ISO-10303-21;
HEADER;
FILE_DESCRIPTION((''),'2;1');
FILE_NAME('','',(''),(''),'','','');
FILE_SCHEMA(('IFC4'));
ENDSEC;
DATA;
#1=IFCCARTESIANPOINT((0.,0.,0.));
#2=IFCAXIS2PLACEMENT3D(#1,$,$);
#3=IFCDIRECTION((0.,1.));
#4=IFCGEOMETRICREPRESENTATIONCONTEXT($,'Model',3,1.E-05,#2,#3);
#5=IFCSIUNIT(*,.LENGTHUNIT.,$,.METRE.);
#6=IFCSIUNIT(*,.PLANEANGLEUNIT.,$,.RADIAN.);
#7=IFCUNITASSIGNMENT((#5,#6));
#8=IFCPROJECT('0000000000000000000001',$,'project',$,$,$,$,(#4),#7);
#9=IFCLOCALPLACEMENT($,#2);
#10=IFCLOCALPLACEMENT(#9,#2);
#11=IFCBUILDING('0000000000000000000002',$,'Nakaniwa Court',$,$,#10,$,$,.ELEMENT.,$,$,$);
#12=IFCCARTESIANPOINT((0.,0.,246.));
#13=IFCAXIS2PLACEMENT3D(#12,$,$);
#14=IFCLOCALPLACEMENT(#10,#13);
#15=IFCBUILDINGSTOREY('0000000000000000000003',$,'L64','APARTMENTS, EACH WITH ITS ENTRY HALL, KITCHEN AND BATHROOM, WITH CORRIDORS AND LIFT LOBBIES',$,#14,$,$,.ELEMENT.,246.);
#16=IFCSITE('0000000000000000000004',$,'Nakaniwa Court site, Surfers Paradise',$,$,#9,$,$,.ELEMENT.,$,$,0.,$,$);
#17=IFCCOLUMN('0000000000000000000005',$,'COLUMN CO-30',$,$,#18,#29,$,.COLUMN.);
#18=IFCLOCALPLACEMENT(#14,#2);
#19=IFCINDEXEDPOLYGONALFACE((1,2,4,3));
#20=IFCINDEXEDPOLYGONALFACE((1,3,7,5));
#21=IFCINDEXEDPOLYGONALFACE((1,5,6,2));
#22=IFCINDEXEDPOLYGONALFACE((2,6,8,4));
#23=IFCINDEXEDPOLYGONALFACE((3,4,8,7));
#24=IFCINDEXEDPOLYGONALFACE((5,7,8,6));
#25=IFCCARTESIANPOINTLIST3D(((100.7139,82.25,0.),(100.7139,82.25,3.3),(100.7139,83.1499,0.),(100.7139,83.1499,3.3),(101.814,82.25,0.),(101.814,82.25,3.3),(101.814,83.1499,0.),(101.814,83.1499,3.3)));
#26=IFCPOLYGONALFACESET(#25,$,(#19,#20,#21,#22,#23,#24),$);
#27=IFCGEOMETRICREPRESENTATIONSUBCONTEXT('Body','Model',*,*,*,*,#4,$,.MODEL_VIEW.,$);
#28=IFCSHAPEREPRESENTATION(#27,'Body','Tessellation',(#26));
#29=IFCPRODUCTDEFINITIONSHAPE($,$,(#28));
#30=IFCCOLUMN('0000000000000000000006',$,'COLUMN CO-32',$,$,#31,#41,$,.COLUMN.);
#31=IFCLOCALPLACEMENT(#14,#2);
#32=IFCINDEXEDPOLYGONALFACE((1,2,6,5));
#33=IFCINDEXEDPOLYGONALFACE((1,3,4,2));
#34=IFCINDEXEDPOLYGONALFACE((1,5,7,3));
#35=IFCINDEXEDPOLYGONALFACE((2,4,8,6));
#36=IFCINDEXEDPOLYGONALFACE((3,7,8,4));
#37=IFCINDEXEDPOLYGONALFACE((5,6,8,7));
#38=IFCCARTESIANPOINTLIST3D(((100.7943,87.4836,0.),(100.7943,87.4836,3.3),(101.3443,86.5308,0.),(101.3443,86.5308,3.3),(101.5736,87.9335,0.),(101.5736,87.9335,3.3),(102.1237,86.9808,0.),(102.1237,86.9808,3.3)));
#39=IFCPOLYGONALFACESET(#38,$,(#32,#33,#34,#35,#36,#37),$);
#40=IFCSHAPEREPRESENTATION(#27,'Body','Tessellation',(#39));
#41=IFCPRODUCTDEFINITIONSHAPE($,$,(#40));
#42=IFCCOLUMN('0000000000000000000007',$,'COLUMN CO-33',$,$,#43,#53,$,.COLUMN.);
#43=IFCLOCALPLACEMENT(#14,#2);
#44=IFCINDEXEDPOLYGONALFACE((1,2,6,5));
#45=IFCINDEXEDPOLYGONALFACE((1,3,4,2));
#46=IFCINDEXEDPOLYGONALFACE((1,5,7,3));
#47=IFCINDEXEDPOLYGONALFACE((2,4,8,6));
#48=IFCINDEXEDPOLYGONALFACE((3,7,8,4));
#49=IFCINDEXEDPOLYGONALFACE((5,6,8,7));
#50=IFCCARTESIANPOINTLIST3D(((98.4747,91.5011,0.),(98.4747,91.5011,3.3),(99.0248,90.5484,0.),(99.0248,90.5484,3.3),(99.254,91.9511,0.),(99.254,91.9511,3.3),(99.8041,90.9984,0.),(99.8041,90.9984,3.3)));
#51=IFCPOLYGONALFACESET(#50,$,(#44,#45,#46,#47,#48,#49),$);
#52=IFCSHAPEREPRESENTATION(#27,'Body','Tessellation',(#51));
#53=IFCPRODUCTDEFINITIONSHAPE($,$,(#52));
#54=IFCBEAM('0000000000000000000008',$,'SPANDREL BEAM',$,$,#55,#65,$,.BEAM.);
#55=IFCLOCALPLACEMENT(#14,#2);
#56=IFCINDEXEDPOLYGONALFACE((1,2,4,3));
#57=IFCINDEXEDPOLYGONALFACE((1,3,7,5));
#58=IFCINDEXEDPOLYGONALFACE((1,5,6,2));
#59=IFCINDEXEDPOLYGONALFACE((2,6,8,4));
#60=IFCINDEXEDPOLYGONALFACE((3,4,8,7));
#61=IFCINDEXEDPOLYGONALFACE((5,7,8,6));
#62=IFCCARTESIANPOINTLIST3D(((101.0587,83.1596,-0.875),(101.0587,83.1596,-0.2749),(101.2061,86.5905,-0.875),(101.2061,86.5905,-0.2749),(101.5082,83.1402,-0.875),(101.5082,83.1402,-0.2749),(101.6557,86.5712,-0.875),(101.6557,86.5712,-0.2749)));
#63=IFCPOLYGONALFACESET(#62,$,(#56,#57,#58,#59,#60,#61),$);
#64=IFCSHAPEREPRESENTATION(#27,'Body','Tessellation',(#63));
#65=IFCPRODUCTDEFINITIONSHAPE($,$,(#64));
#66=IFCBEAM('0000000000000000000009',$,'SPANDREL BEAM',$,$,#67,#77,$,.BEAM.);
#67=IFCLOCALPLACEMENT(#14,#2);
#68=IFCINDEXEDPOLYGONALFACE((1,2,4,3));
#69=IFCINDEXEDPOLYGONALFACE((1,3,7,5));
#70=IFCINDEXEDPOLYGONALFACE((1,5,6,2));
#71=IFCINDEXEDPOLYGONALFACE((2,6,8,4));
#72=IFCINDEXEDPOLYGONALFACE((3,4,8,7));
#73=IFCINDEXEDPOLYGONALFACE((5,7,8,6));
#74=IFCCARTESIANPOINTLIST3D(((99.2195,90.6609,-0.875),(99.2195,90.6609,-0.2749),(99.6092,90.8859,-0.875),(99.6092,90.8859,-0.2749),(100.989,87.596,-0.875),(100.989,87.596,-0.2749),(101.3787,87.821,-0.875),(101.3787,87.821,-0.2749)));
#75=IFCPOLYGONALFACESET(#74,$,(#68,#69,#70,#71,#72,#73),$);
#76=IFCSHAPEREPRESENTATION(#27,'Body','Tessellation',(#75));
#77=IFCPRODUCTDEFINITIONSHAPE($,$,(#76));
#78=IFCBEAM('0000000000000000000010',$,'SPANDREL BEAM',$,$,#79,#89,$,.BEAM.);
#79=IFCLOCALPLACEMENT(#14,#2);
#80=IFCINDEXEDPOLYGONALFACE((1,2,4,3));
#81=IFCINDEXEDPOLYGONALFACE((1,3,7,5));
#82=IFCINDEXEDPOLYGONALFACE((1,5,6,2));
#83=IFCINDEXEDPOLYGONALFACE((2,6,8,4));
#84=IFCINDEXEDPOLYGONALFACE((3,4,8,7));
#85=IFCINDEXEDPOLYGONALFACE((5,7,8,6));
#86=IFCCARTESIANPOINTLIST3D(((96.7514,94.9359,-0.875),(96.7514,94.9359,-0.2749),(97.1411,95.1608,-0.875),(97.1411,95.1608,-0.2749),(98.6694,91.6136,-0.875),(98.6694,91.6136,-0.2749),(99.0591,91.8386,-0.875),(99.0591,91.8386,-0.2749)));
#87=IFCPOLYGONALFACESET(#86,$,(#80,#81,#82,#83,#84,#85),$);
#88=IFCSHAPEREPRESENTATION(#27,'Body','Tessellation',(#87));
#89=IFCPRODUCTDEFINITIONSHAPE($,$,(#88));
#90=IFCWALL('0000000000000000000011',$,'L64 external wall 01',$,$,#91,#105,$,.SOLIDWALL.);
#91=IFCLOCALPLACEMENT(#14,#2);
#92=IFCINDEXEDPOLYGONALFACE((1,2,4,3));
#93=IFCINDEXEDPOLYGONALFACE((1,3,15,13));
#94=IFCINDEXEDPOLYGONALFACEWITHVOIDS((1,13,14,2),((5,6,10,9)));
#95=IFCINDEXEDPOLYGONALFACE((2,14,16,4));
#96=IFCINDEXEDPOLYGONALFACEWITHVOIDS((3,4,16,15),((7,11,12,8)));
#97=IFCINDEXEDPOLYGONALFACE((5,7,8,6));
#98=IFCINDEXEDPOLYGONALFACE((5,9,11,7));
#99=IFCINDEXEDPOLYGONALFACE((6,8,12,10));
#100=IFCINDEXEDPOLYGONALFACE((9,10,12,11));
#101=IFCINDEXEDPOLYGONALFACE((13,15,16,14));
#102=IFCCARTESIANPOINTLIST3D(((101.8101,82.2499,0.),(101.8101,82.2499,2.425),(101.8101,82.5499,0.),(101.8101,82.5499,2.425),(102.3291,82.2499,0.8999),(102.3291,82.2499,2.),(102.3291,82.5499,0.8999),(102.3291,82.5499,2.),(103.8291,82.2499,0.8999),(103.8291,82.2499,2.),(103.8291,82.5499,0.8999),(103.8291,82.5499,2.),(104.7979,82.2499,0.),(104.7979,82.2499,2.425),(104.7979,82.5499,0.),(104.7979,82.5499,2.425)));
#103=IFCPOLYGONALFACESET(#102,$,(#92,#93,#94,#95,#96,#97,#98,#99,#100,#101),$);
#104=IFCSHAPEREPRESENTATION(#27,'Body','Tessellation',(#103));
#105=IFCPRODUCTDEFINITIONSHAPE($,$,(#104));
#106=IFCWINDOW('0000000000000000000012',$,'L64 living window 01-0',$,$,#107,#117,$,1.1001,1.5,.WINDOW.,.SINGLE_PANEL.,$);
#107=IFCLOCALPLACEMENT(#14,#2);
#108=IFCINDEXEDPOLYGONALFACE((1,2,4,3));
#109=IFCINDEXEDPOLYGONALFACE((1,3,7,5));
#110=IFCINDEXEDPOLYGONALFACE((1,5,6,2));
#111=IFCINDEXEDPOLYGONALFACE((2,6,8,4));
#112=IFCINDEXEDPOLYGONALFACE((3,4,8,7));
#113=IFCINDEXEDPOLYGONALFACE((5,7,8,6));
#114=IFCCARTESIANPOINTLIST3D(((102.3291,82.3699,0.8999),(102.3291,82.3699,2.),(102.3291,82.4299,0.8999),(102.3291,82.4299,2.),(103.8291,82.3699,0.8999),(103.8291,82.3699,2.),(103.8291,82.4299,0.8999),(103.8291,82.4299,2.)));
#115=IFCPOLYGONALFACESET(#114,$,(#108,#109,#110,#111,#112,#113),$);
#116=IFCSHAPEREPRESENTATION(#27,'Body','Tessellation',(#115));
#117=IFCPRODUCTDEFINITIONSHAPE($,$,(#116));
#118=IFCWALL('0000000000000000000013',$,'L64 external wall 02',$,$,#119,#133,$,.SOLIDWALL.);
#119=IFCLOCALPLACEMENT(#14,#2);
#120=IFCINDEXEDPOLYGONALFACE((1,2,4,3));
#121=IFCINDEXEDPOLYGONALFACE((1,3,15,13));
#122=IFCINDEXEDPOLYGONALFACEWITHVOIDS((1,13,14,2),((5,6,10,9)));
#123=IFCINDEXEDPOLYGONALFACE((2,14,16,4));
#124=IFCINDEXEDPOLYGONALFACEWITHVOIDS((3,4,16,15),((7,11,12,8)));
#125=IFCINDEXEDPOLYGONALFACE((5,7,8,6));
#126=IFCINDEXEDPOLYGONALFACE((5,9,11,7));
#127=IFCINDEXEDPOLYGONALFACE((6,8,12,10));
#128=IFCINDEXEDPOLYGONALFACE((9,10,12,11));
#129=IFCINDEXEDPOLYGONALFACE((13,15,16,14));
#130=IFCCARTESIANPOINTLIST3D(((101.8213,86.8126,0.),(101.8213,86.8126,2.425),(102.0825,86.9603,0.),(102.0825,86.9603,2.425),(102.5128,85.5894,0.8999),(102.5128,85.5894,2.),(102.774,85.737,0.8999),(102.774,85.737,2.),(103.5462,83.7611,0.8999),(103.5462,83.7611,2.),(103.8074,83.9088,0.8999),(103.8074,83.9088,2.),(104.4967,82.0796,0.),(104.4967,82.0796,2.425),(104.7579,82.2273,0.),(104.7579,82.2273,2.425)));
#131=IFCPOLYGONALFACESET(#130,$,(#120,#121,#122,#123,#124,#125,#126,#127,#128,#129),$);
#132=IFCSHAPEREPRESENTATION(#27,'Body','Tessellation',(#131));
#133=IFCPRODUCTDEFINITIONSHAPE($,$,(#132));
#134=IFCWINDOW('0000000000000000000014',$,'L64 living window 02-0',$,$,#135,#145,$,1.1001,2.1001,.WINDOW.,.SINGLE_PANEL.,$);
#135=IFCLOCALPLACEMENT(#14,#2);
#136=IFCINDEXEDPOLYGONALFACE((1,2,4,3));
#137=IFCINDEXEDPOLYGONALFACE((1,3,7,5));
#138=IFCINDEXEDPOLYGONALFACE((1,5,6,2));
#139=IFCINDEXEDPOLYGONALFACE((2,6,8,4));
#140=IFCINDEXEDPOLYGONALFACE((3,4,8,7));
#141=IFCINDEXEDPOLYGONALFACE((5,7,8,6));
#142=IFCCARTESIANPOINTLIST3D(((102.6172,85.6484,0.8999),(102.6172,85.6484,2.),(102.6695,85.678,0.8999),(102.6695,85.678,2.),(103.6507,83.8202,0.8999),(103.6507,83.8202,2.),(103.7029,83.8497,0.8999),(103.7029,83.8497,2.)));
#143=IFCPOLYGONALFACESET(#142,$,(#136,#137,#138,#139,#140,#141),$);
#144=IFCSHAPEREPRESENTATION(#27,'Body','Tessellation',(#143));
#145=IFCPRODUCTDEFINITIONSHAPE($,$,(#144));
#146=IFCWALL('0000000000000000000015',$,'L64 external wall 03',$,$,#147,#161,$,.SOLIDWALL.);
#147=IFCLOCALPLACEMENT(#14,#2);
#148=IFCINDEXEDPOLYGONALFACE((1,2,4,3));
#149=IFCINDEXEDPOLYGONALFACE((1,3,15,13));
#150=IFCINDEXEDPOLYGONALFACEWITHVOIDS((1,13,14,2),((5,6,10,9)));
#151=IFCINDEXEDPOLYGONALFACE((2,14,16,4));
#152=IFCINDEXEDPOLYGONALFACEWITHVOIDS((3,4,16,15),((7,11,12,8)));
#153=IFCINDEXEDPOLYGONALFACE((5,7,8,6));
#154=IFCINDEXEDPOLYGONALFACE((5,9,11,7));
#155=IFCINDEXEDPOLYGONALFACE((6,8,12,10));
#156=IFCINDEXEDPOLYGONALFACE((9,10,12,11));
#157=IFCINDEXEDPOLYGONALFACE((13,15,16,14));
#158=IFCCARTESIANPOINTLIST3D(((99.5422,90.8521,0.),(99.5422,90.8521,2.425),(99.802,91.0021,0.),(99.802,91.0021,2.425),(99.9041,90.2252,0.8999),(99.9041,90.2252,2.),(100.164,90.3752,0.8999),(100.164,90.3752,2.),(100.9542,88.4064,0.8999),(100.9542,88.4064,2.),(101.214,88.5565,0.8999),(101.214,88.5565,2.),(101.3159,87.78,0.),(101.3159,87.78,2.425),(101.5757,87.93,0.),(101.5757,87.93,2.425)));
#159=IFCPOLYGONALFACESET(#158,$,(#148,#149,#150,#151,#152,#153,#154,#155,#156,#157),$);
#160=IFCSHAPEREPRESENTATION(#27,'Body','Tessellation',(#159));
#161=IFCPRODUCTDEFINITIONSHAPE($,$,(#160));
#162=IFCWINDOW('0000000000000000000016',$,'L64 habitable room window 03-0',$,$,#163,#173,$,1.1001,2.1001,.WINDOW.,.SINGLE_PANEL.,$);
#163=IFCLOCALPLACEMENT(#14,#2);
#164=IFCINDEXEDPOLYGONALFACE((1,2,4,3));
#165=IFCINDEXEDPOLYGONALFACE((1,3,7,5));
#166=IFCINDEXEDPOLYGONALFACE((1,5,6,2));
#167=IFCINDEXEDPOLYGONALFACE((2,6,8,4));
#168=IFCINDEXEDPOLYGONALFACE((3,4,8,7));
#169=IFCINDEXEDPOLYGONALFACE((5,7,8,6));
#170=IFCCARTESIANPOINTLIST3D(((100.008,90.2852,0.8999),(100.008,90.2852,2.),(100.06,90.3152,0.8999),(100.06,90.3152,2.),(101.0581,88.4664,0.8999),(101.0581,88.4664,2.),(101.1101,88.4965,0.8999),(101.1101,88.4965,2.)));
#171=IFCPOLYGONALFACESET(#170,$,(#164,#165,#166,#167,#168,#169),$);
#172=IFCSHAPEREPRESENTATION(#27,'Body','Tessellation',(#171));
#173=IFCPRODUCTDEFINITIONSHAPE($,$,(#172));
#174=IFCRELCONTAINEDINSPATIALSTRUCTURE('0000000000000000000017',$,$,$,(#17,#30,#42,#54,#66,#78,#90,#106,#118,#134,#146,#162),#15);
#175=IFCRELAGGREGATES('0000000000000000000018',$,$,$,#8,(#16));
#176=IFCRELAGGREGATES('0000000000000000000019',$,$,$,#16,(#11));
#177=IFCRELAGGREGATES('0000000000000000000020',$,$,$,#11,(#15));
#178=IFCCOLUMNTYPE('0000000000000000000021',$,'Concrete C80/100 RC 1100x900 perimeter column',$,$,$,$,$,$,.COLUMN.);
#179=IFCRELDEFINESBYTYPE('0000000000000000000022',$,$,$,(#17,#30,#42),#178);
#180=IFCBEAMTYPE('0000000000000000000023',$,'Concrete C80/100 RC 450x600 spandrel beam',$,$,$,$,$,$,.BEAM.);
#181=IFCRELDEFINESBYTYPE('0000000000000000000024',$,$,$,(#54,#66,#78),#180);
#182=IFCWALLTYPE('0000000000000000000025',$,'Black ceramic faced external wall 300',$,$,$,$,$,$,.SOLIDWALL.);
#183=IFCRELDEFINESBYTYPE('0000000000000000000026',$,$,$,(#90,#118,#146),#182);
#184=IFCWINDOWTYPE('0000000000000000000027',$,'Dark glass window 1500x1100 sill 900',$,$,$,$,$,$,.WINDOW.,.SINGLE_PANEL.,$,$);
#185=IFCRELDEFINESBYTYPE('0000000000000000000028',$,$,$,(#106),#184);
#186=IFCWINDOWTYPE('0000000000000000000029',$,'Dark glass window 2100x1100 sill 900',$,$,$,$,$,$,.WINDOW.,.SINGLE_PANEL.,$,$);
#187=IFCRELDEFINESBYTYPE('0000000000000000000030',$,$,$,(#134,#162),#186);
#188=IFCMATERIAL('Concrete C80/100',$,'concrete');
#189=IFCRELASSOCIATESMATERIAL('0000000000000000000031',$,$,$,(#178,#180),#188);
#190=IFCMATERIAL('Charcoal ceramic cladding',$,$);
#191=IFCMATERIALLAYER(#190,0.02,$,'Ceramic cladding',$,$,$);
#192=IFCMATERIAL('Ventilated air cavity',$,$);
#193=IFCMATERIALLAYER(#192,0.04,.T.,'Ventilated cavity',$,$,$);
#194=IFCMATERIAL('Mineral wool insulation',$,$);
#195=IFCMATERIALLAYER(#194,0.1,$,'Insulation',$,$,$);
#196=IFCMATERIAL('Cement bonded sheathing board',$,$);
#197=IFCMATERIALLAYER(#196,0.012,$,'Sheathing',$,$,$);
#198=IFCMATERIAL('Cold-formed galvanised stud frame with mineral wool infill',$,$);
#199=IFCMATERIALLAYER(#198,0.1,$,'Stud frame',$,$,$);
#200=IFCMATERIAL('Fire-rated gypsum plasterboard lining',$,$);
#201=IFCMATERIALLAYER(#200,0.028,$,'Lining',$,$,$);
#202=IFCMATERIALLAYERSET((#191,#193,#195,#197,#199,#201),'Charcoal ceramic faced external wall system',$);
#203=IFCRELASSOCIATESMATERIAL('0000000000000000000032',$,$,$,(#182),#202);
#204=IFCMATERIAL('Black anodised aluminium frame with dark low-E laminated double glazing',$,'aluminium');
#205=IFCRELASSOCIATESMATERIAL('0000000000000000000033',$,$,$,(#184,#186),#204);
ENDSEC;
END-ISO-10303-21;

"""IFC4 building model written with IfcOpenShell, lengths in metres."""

from ifc_helpers import new_model, si_unit, direction, frame, frame_2d, origin, origin_2d, place, context, subcontext, project, spatial, rectangle, extrude, material, layer, layer_set, material_profile, profile_set, type_object, element, fill, save


model = new_model("IFC4")

# Units and contexts
model_context = context("Model", 3, precision=1e-05, world=origin(), true_north=direction((0.0, 1.0)))
body_context = subcontext(model_context, "Body", "Model", "MODEL_VIEW")
ifc_project = project(units=[si_unit("LENGTHUNIT", "METRE"), si_unit("PLANEANGLEUNIT", "RADIAN")], contexts=[model_context])

# Site, building, storey
site_placement = place(None, origin())
site = spatial("IfcSite", under=ifc_project, at=site_placement, Name="Nakaniwa Court site, Surfers Paradise", CompositionType="ELEMENT", RefElevation=0.0)
building_placement = place(site_placement, origin())
building = spatial("IfcBuilding", under=site, at=building_placement, Name="Nakaniwa Court", CompositionType="ELEMENT")
storey_placement = place(building_placement, frame((0.0, 0.0, 246.0)))
storey = spatial("IfcBuildingStorey", under=building, at=storey_placement, Name="L64", Description="APARTMENTS, EACH WITH ITS ENTRY HALL, KITCHEN AND BATHROOM, WITH CORRIDORS AND LIFT LOBBIES", CompositionType="ELEMENT", Elevation=246.0)

# Columns
ifc_material_1 = material(Name="Concrete C80/100", Category="concrete")
ifc_material_profile_1 = material_profile(ifc_material_1, rectangle(XDim=1.1001, YDim=0.8999, at=origin_2d()), Name="Concrete C80/100 RC 1100x900 perimeter column")
ifc_profile_set_1 = profile_set([ifc_material_profile_1], Name="Concrete C80/100")
column_type = type_object("IfcColumnType", Name="Concrete C80/100 RC 1100x900 perimeter column", PredefinedType="COLUMN", material=ifc_profile_set_1)
for number, where, z_axis, x_axis, name in (
    (1, (101.2639, 82.7, 0.0), (0.0, 0.0, 1.0), (1.0, 0.0, 0.0), "COLUMN CO-30"),
    (2, (101.459, 87.2322, 0.0), (0.0, 0.0, 1.0), (-0.5, 0.866025, 0.0), "COLUMN CO-32"),
    (3, (99.1394, 91.2498, 0.0), (0.0, 0.0, 1.0), (-0.5, 0.866025, 0.0), "COLUMN CO-33"),
):
    element("IfcColumn", number, at=place(storey_placement, frame(where, z_axis=z_axis, x_axis=x_axis)), inside=storey, type_object=column_type, Name=name, PredefinedType="COLUMN", context=body_context, shape_type="SweptSolid", body=[
        extrude(rectangle(XDim=1.1001, YDim=0.8999, at=origin_2d()), origin(), (0.0, 0.0, 1.0), 3.3),
    ])

# Beams
ifc_material_profile_2 = material_profile(ifc_material_1, rectangle(XDim=0.45, YDim=0.6001, at=origin_2d()), Name="Concrete C80/100 RC 450x600 spandrel beam")
ifc_profile_set_2 = profile_set([ifc_material_profile_2], Name="Concrete C80/100")
beam_type = type_object("IfcBeamType", Name="Concrete C80/100 RC 450x600 spandrel beam", PredefinedType="BEAM", material=ifc_profile_set_2)
beam_1_placement = place(storey_placement, frame((101.2834, 83.1499, -0.575), z_axis=(0.042941, 0.999078, 0.0), x_axis=(-0.999078, 0.042941, 0.0)))
element("IfcBeam", 4, at=beam_1_placement, inside=storey, type_object=beam_type, Name="SPANDREL BEAM", PredefinedType="BEAM", context=body_context, shape_type="SweptSolid", body=[
    extrude(rectangle(XDim=0.45, YDim=0.6001, at=origin_2d()), origin(), (0.0, 0.0, 1.0), 3.4341),
])
beam_2_placement = place(storey_placement, frame((101.1838, 87.7085, -0.575), z_axis=(-0.499997, 0.866027, 0.0), x_axis=(-0.866027, -0.499997, 0.0)))
element("IfcBeam", 5, at=beam_2_placement, inside=storey, type_object=beam_type, Name="SPANDREL BEAM", PredefinedType="BEAM", context=body_context, shape_type="SweptSolid", body=[
    extrude(rectangle(XDim=0.45, YDim=0.6001, at=origin_2d()), origin(), (0.0, 0.0, 1.0), 3.5391),
])
beam_3_placement = place(storey_placement, frame((98.8643, 91.7261, -0.575), z_axis=(-0.499972, 0.866041, 0.0), x_axis=(-0.866041, -0.499972, 0.0)))
element("IfcBeam", 6, at=beam_3_placement, inside=storey, type_object=beam_type, Name="SPANDREL BEAM", PredefinedType="BEAM", context=body_context, shape_type="SweptSolid", body=[
    extrude(rectangle(XDim=0.45, YDim=0.6001, at=origin_2d()), origin(), (0.0, 0.0, 1.0), 3.8362),
])

# Walls, openings, windows
ifc_material_2 = material(Name="Charcoal ceramic cladding")
ifc_layer_1 = layer(ifc_material_2, 0.02, Name="Ceramic cladding")
ifc_material_3 = material(Name="Ventilated air cavity")
ifc_layer_2 = layer(ifc_material_3, 0.04, ventilated=True, Name="Ventilated cavity")
ifc_material_4 = material(Name="Mineral wool insulation")
ifc_layer_3 = layer(ifc_material_4, 0.1, Name="Insulation")
ifc_material_5 = material(Name="Cement bonded sheathing board")
ifc_layer_4 = layer(ifc_material_5, 0.012, Name="Sheathing")
ifc_material_6 = material(Name="Cold-formed galvanised stud frame with mineral wool infill")
ifc_layer_5 = layer(ifc_material_6, 0.1, Name="Stud frame")
ifc_material_7 = material(Name="Fire-rated gypsum plasterboard lining")
ifc_layer_6 = layer(ifc_material_7, 0.028, Name="Lining")
ifc_layer_set = layer_set([ifc_layer_1, ifc_layer_2, ifc_layer_3, ifc_layer_4, ifc_layer_5, ifc_layer_6], Name="Charcoal ceramic faced external wall system")
wall_type = type_object("IfcWallType", Name="Black ceramic faced external wall 300", PredefinedType="SOLIDWALL", material=ifc_layer_set)
wall_1_placement = place(storey_placement, frame((101.8101, 82.3999, 0.0), z_axis=(0.0, 0.0, 1.0), x_axis=(1.0, 0.0, 0.0)))
wall_1 = element("IfcWall", 7, at=wall_1_placement, inside=storey, type_object=wall_type, Name="L64 external wall 01", PredefinedType="SOLIDWALL", context=body_context, shape_type="SweptSolid", body=[
    extrude(rectangle(XDim=2.9878, YDim=0.3, at=frame_2d((1.4939, 0.0))), origin(), (0.0, 0.0, 1.0), 2.425),
])
opening_1_placement = place(wall_1_placement, frame((0.519, 0.0, 0.8999)))
opening_1 = element("IfcOpeningElement", 8, at=opening_1_placement, cuts=wall_1, PredefinedType="OPENING", context=body_context, shape_type="SweptSolid", body=[
    extrude(rectangle(XDim=1.5, YDim=1.1001, at=frame_2d((0.75, 0.55))), frame((0.0, 0.1599, 0.0), z_axis=(0.0, -1.0, 0.0), x_axis=(1.0, 0.0, 0.0)), (0.0, 0.0, 1.0), 0.3201),
])
ifc_material_8 = material(Name="Black anodised aluminium frame with dark low-E laminated double glazing", Category="aluminium")
window_type_1 = type_object("IfcWindowType", Name="Dark glass window 1500x1100 sill 900", PartitioningType="SINGLE_PANEL", PredefinedType="WINDOW", material=ifc_material_8)
window_1_placement = place(opening_1_placement, origin())
window_1 = element("IfcWindow", 9, at=window_1_placement, inside=storey, type_object=window_type_1, Name="L64 living window 01-0", OverallHeight=1.1001, OverallWidth=1.5, PartitioningType="SINGLE_PANEL", PredefinedType="WINDOW", context=body_context, shape_type="SweptSolid", body=[
    extrude(rectangle(XDim=1.5, YDim=1.1001, at=frame_2d((0.75, 0.55))), frame((0.0, 0.03, 0.0), z_axis=(0.0, -1.0, 0.0), x_axis=(1.0, 0.0, 0.0)), (0.0, 0.0, 1.0), 0.0601),
])
fill(opening_1, window_1)
wall_2_placement = place(storey_placement, frame((104.6272, 82.1536, 0.0), z_axis=(0.0, 0.0, 1.0), x_axis=(-0.492081, 0.870549, 0.0)))
wall_2 = element("IfcWall", 10, at=wall_2_placement, inside=storey, type_object=wall_type, Name="L64 external wall 02", PredefinedType="SOLIDWALL", context=body_context, shape_type="SweptSolid", body=[
    extrude(rectangle(XDim=5.4368, YDim=0.3, at=frame_2d((2.7183, 0.0))), origin(), (0.0, 0.0, 1.0), 2.425),
])
opening_2_placement = place(wall_2_placement, frame((1.9314, 0.0, 0.8999)))
opening_2 = element("IfcOpeningElement", 11, at=opening_2_placement, cuts=wall_2, PredefinedType="OPENING", context=body_context, shape_type="SweptSolid", body=[
    extrude(rectangle(XDim=2.1001, YDim=1.1001, at=frame_2d((1.05, 0.55))), frame((0.0, 0.1599, 0.0), z_axis=(0.0, -1.0, 0.0), x_axis=(1.0, 0.0, 0.0)), (0.0, 0.0, 1.0), 0.3201),
])
window_type_2 = type_object("IfcWindowType", Name="Dark glass window 2100x1100 sill 900", PartitioningType="SINGLE_PANEL", PredefinedType="WINDOW", material=ifc_material_8)
window_2_placement = place(opening_2_placement, origin())
window_2 = element("IfcWindow", 12, at=window_2_placement, inside=storey, type_object=window_type_2, Name="L64 living window 02-0", OverallHeight=1.1001, OverallWidth=2.1001, PartitioningType="SINGLE_PANEL", PredefinedType="WINDOW", context=body_context, shape_type="SweptSolid", body=[
    extrude(rectangle(XDim=2.1001, YDim=1.1001, at=frame_2d((1.05, 0.55))), frame((0.0, 0.03, 0.0), z_axis=(0.0, -1.0, 0.0), x_axis=(1.0, 0.0, 0.0)), (0.0, 0.0, 1.0), 0.0601),
])
fill(opening_2, window_2)
wall_3_placement = place(storey_placement, frame((101.4458, 87.855, 0.0), z_axis=(0.0, 0.0, 1.0), x_axis=(-0.50001, 0.866019, 0.0)))
wall_3 = element("IfcWall", 13, at=wall_3_placement, inside=storey, type_object=wall_type, Name="L64 external wall 03", PredefinedType="SOLIDWALL", context=body_context, shape_type="SweptSolid", body=[
    extrude(rectangle(XDim=3.5474, YDim=0.3, at=frame_2d((1.7737, 0.0))), origin(), (0.0, 0.0, 1.0), 2.425),
])
opening_3_placement = place(wall_3_placement, frame((0.7234, 0.0, 0.8999)))
opening_3 = element("IfcOpeningElement", 14, at=opening_3_placement, cuts=wall_3, PredefinedType="OPENING", context=body_context, shape_type="SweptSolid", body=[
    extrude(rectangle(XDim=2.1001, YDim=1.1001, at=frame_2d((1.05, 0.55))), frame((0.0, 0.1599, 0.0), z_axis=(0.0, -1.0, 0.0), x_axis=(1.0, 0.0, 0.0)), (0.0, 0.0, 1.0), 0.3201),
])
window_3_placement = place(opening_3_placement, origin())
window_3 = element("IfcWindow", 15, at=window_3_placement, inside=storey, type_object=window_type_2, Name="L64 habitable room window 03-0", OverallHeight=1.1001, OverallWidth=2.1001, PartitioningType="SINGLE_PANEL", PredefinedType="WINDOW", context=body_context, shape_type="SweptSolid", body=[
    extrude(rectangle(XDim=2.1001, YDim=1.1001, at=frame_2d((1.05, 0.55))), frame((0.0, 0.03, 0.0), z_axis=(0.0, -1.0, 0.0), x_axis=(1.0, 0.0, 0.0)), (0.0, 0.0, 1.0), 0.0601),
])
fill(opening_3, window_3)

save(model, "model.ifc")
